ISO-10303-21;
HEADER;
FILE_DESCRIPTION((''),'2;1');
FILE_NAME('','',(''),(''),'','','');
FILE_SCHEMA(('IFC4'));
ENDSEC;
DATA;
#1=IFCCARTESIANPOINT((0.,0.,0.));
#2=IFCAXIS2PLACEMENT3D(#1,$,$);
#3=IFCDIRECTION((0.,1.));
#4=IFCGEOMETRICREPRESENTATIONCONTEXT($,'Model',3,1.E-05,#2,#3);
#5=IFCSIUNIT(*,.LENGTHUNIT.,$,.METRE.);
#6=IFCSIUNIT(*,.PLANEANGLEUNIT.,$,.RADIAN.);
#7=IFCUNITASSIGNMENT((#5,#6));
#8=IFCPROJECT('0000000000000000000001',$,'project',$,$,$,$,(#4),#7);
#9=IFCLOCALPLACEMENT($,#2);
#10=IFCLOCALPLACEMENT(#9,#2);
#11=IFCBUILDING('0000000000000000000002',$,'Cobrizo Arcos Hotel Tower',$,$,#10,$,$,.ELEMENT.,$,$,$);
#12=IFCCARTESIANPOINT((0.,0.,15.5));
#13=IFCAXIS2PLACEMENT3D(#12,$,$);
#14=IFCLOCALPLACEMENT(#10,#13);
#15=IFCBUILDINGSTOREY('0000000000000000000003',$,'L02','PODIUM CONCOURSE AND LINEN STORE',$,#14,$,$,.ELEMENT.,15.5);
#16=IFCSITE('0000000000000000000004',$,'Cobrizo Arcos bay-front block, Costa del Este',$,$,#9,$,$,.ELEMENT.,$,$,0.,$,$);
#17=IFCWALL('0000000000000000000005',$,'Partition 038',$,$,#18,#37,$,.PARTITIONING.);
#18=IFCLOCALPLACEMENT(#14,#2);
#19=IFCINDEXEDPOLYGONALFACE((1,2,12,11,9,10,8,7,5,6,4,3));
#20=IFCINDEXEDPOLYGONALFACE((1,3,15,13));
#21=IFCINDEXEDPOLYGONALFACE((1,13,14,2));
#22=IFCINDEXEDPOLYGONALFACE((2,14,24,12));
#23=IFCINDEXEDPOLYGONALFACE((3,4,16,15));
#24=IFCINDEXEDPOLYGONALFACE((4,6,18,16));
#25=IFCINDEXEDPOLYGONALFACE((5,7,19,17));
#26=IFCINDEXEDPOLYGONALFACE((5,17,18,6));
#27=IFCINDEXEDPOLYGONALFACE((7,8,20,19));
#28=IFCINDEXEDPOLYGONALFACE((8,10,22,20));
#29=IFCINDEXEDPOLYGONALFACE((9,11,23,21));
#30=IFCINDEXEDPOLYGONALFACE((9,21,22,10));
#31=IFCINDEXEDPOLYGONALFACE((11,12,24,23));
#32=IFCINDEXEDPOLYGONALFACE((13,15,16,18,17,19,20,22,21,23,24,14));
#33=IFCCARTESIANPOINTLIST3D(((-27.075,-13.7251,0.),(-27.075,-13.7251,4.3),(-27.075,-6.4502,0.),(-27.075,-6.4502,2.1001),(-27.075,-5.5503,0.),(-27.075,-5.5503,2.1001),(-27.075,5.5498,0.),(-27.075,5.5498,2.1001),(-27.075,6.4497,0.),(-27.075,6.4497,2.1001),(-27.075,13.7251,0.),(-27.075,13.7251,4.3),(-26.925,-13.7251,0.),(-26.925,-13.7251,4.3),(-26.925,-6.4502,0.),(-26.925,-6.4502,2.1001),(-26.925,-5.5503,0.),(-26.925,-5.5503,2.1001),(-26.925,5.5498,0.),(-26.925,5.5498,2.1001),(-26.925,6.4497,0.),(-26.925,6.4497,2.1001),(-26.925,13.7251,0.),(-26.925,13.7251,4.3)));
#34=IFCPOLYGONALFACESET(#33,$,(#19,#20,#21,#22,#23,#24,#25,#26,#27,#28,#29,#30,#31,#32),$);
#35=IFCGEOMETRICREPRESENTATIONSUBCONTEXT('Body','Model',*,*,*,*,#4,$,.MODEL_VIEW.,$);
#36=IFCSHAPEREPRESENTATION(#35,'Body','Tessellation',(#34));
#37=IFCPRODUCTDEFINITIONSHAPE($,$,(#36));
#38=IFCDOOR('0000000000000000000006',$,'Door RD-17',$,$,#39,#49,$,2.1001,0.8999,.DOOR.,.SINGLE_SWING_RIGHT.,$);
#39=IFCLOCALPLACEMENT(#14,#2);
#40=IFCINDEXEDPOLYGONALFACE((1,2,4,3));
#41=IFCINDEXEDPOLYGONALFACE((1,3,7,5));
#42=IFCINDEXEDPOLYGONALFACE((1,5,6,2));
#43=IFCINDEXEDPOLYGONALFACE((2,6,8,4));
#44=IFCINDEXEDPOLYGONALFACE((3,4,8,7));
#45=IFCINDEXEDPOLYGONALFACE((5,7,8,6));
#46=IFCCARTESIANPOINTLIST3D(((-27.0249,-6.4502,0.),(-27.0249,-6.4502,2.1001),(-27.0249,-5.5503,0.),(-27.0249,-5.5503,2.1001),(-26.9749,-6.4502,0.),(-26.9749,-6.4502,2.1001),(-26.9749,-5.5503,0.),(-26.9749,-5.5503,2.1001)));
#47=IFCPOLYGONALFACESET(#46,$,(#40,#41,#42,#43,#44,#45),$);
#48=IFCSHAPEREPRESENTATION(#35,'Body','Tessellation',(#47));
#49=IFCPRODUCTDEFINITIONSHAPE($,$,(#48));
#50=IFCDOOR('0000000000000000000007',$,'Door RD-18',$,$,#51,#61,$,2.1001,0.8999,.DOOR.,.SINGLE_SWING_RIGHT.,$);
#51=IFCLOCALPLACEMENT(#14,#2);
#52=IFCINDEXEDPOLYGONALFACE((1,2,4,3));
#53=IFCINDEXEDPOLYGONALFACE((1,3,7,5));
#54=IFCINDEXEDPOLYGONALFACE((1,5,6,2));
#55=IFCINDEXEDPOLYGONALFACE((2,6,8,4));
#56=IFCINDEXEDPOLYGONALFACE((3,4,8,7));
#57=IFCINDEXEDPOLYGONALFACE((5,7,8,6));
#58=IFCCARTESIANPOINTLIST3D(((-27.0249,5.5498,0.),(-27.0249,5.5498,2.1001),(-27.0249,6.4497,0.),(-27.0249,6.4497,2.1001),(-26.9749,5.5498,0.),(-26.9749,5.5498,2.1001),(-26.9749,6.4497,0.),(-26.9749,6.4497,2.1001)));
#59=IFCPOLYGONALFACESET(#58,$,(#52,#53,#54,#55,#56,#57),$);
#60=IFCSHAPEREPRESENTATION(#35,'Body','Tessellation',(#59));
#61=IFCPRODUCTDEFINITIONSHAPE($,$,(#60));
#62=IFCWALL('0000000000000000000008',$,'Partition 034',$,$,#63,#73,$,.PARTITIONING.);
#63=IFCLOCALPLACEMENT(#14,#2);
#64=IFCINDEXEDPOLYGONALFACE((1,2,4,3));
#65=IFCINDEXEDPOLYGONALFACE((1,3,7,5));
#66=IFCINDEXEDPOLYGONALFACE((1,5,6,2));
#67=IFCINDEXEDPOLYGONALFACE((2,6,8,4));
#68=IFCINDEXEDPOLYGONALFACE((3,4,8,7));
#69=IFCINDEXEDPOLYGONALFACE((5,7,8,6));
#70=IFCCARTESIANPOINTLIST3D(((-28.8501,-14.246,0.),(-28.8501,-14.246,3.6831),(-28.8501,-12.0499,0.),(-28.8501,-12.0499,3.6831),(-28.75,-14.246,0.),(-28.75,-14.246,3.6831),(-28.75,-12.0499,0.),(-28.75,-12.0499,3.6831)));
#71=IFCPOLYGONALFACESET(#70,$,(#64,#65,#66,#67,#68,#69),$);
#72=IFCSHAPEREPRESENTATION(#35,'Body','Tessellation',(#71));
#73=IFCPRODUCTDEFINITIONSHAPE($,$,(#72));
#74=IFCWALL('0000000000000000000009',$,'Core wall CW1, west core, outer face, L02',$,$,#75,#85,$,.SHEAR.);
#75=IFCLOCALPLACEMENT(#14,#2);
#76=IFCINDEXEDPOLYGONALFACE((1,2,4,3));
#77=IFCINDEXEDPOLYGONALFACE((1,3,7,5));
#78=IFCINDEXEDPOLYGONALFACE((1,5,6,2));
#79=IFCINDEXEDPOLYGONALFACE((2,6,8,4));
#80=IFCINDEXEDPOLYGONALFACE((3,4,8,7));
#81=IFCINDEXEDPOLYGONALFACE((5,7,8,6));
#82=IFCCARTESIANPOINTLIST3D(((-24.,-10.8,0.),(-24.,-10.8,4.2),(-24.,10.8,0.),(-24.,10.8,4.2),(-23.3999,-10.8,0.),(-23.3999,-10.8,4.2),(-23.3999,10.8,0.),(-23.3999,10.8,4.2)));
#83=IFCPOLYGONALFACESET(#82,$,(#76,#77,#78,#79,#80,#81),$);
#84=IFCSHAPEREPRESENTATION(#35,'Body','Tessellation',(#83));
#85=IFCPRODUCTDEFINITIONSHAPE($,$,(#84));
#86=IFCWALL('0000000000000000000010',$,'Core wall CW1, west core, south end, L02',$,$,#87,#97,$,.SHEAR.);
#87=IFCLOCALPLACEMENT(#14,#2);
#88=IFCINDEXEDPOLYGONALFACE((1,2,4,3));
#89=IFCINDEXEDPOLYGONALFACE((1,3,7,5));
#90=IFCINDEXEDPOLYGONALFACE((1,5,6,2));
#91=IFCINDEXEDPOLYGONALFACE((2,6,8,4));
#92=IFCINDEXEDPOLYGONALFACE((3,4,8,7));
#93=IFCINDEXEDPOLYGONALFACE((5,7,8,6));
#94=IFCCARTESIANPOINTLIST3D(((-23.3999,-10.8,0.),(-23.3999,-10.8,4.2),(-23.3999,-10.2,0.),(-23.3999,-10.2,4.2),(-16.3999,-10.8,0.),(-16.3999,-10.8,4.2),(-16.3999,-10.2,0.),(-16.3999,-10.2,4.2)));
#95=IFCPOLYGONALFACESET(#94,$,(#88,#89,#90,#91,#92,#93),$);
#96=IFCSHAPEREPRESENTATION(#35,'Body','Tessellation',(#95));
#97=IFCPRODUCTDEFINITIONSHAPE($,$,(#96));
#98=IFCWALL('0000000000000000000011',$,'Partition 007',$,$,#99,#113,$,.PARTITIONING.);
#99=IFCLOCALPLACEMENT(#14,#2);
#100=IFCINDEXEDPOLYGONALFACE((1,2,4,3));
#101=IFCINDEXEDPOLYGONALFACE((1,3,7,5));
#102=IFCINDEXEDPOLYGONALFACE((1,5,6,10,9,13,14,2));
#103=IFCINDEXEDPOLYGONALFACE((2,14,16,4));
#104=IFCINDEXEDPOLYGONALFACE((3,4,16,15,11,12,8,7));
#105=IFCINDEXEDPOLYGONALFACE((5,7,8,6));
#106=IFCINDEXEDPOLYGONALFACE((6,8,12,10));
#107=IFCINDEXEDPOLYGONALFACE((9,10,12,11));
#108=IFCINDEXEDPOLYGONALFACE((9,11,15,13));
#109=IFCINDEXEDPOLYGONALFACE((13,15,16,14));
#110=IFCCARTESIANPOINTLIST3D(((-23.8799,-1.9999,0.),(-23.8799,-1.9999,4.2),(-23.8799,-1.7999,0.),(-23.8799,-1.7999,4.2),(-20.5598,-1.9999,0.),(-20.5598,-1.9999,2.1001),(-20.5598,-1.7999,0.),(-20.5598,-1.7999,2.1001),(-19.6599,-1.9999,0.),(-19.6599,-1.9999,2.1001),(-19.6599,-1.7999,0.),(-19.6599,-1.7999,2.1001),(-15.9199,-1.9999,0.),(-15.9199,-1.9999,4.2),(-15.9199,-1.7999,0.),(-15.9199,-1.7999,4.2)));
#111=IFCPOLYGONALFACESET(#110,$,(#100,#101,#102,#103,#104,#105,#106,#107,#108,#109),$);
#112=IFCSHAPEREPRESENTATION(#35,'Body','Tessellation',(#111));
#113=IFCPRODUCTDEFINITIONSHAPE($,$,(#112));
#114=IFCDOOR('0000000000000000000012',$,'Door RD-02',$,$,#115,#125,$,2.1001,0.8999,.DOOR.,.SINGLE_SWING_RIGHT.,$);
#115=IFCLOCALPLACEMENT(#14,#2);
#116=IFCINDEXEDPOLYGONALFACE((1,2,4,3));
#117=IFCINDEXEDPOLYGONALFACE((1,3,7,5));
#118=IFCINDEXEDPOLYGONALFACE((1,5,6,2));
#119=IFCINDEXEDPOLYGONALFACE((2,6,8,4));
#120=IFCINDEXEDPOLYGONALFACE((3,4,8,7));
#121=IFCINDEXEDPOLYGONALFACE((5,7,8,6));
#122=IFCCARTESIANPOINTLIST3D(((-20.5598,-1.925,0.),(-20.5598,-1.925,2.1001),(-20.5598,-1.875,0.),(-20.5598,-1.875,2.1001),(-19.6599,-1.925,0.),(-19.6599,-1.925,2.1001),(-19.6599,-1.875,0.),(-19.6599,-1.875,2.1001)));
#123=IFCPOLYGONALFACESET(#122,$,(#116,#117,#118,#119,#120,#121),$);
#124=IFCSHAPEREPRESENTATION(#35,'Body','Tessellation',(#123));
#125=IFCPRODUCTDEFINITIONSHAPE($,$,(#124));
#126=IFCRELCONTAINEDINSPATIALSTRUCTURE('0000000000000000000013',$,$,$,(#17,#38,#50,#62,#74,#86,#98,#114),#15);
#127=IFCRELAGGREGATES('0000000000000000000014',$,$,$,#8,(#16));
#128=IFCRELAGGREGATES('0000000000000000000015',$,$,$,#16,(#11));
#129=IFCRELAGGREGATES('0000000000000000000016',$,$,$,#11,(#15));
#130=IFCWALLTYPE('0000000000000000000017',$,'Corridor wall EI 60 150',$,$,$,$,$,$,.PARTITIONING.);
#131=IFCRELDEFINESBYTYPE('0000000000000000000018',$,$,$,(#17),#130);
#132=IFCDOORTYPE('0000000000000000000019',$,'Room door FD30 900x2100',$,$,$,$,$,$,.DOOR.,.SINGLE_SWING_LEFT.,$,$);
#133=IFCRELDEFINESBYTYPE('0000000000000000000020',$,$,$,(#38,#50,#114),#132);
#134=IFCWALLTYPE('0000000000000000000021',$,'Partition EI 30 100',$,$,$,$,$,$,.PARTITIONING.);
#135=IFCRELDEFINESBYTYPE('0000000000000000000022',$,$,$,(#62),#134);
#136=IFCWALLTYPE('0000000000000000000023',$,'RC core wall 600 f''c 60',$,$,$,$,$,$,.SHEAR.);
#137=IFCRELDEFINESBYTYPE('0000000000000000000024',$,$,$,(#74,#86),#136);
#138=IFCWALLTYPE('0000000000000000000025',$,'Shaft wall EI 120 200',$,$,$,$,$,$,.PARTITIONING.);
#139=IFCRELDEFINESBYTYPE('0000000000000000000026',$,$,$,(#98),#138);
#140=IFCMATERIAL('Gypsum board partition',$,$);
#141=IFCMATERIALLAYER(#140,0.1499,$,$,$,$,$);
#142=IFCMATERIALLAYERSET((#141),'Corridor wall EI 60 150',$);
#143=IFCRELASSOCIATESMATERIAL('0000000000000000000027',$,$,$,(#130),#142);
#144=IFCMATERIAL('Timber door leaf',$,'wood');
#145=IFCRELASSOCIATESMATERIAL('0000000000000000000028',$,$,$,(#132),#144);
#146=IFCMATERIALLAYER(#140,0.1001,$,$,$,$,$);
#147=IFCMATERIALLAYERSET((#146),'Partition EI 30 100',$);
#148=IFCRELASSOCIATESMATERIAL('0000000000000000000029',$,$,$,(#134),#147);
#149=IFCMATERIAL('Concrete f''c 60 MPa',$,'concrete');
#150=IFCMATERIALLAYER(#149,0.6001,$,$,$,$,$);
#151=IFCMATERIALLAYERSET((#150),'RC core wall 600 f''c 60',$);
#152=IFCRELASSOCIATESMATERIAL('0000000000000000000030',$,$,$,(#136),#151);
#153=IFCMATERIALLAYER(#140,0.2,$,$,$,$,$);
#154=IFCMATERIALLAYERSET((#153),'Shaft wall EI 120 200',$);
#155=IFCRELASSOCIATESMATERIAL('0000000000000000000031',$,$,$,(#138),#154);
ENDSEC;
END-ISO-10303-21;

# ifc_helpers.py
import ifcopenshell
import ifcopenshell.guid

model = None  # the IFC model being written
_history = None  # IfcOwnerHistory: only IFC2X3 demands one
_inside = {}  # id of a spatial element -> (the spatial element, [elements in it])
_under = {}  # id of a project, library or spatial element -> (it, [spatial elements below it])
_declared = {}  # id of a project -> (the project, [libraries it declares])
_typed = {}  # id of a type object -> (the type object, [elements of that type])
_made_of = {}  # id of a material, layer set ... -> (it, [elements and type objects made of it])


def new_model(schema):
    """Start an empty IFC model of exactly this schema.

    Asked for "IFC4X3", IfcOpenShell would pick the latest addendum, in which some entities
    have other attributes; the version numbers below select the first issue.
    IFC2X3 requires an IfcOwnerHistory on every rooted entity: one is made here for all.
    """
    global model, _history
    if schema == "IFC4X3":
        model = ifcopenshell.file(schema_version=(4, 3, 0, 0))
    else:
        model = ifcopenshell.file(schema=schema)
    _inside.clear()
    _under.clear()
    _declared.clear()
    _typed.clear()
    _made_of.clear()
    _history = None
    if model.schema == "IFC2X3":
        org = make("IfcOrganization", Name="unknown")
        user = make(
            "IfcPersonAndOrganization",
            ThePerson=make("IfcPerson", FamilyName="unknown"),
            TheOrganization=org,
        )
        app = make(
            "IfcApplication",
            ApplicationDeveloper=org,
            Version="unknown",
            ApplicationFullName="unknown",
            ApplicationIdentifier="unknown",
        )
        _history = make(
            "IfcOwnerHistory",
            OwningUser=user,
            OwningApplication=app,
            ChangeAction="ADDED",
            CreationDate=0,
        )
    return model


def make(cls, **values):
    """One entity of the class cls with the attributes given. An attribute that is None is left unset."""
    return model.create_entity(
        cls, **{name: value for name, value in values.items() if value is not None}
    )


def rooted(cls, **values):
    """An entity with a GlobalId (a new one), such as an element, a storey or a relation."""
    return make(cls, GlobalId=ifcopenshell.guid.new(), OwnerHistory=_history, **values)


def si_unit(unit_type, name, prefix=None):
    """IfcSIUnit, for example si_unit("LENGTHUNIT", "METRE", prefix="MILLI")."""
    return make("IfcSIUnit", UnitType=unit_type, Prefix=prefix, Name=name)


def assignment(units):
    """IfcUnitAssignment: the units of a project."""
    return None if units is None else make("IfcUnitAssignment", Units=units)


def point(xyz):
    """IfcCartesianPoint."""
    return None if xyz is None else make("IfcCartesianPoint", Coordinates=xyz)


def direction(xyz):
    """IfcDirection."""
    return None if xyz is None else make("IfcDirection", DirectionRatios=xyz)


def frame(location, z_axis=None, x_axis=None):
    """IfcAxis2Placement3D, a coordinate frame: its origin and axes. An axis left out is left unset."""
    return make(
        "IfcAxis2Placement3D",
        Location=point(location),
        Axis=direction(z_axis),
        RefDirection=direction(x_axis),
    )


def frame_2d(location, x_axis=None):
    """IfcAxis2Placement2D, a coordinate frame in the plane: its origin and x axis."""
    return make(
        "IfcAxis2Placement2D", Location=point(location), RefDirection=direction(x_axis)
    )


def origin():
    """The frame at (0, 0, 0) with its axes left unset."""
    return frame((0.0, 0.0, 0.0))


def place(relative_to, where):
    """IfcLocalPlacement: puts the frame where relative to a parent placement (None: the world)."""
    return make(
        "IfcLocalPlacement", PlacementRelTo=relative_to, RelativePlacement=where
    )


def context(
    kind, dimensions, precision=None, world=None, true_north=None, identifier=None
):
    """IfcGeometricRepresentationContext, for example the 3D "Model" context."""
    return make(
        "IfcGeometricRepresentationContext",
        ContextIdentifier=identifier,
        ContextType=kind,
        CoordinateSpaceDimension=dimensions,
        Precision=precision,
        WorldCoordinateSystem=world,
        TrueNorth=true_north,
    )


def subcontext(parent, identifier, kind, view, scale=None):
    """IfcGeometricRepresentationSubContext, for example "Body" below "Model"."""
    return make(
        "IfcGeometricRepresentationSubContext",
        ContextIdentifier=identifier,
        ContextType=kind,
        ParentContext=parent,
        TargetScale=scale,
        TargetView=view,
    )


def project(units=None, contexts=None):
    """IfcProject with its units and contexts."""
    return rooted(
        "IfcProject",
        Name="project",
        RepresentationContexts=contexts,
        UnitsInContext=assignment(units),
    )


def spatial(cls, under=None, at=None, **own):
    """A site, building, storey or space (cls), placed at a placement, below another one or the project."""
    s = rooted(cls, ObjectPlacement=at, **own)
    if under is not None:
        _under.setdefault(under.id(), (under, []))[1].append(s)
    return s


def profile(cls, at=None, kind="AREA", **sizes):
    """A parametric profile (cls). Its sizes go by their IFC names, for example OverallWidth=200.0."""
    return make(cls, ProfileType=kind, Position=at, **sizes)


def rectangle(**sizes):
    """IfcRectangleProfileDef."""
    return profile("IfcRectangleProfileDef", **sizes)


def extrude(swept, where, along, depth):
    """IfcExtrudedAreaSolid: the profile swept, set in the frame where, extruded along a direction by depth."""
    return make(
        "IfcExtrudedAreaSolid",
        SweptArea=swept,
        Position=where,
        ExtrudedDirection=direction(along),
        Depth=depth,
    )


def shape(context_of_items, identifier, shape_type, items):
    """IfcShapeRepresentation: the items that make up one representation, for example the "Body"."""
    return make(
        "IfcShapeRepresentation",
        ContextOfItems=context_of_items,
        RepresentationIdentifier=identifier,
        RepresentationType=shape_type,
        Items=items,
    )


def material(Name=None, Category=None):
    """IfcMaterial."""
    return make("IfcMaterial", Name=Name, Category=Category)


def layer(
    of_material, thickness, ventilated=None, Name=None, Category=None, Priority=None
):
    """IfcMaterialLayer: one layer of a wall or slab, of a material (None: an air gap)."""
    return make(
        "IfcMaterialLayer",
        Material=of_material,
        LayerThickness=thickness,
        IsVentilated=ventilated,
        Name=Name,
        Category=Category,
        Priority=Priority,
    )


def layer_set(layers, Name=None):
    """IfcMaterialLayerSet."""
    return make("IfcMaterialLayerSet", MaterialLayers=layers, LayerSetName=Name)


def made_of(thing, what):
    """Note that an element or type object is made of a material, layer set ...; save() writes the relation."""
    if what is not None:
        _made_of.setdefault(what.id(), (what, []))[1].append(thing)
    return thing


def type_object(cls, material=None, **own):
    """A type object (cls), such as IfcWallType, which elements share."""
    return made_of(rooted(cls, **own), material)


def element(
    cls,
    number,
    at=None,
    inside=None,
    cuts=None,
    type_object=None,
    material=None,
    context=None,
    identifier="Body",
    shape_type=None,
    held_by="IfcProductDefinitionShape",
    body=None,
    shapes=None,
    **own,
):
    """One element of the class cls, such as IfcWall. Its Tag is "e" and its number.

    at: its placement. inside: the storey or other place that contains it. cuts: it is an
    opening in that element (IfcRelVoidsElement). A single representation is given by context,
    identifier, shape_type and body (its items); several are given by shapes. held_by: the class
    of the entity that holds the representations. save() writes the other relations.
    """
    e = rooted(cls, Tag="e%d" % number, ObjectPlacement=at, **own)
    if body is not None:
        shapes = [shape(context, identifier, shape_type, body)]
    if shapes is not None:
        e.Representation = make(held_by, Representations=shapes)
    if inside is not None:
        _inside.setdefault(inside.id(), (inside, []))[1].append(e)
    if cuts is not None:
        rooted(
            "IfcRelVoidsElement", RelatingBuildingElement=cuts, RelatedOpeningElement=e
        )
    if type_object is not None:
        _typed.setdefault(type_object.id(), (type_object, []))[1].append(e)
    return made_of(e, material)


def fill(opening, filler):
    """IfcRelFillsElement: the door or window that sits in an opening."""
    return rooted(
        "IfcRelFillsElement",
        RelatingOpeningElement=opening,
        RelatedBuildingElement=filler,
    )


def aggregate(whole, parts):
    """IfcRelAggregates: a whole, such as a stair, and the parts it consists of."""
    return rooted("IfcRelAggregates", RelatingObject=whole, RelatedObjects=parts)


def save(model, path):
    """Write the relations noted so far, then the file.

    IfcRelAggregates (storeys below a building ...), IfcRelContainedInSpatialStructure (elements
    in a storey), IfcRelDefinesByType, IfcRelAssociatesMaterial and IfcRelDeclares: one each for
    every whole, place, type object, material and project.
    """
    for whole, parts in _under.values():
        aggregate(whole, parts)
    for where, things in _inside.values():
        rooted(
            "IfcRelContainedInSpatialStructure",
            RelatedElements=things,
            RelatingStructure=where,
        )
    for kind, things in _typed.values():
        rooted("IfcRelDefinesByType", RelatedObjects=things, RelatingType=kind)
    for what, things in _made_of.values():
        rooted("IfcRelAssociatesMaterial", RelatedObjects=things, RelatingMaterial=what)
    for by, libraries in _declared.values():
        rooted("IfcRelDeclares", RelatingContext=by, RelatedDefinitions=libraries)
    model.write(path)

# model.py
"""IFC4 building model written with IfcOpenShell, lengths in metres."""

from ifc_helpers import new_model, si_unit, direction, frame, frame_2d, origin, place, context, subcontext, project, spatial, rectangle, extrude, material, layer, layer_set, type_object, element, fill, save


model = new_model("IFC4")

# Units and contexts
model_context = context("Model", 3, precision=1e-05, world=origin(), true_north=direction((0.0, 1.0)))
body_context = subcontext(model_context, "Body", "Model", "MODEL_VIEW")
ifc_project = project(units=[si_unit("LENGTHUNIT", "METRE"), si_unit("PLANEANGLEUNIT", "RADIAN")], contexts=[model_context])

# Site, building, storey
site_placement = place(None, origin())
site = spatial("IfcSite", under=ifc_project, at=site_placement, Name="Cobrizo Arcos bay-front block, Costa del Este", CompositionType="ELEMENT", RefElevation=0.0)
building_placement = place(site_placement, origin())
building = spatial("IfcBuilding", under=site, at=building_placement, Name="Cobrizo Arcos Hotel Tower", CompositionType="ELEMENT")
storey_placement = place(building_placement, frame((0.0, 0.0, 15.5)))
storey = spatial("IfcBuildingStorey", under=building, at=storey_placement, Name="L02", Description="PODIUM CONCOURSE AND LINEN STORE", CompositionType="ELEMENT", Elevation=15.5)

# Wall, openings, doors
ifc_material_1 = material(Name="Gypsum board partition")
ifc_layer_1 = layer(ifc_material_1, 0.1499)
ifc_layer_set_1 = layer_set([ifc_layer_1], Name="Corridor wall EI 60 150")
wall_type_1 = type_object("IfcWallType", Name="Corridor wall EI 60 150", PredefinedType="PARTITIONING", material=ifc_layer_set_1)
ifc_material_2 = material(Name="Timber door leaf", Category="wood")
door_type_1 = type_object("IfcDoorType", Name="Room door FD30 900x2100", OperationType="SINGLE_SWING_LEFT", PredefinedType="DOOR", material=ifc_material_2)
wall_1_placement = place(storey_placement, frame((-27.0, -13.7251, 0.0), z_axis=(0.0, 0.0, 1.0), x_axis=(0.0, 1.0, 0.0)))
wall_1 = element("IfcWall", 1, at=wall_1_placement, inside=storey, type_object=wall_type_1, Name="Partition 038", PredefinedType="PARTITIONING", context=body_context, shape_type="SweptSolid", body=[
    extrude(rectangle(XDim=27.4502, YDim=0.1499, at=frame_2d((13.7251, 0.0))), origin(), (0.0, 0.0, 1.0), 4.3),
])
opening_1_placement = place(wall_1_placement, frame((7.2749, 0.0, 0.0)))
opening_1 = element("IfcOpeningElement", 2, at=opening_1_placement, cuts=wall_1, PredefinedType="OPENING", context=body_context, shape_type="SweptSolid", body=[
    extrude(rectangle(XDim=0.8999, YDim=2.1001, at=frame_2d((0.45, 1.05))), frame((0.0, 0.0869, 0.0), z_axis=(0.0, -1.0, 0.0), x_axis=(1.0, 0.0, 0.0)), (0.0, 0.0, 1.0), 0.1738),
])
opening_2_placement = place(wall_1_placement, frame((19.2749, 0.0, 0.0)))
opening_2 = element("IfcOpeningElement", 3, at=opening_2_placement, cuts=wall_1, PredefinedType="OPENING", context=body_context, shape_type="SweptSolid", body=[
    extrude(rectangle(XDim=0.8999, YDim=2.1001, at=frame_2d((0.45, 1.05))), frame((0.0, 0.0869, 0.0), z_axis=(0.0, -1.0, 0.0), x_axis=(1.0, 0.0, 0.0)), (0.0, 0.0, 1.0), 0.1738),
])
door_1_placement = place(opening_1_placement, origin())
door_1 = element("IfcDoor", 4, at=door_1_placement, inside=storey, type_object=door_type_1, Name="Door RD-17", OperationType="SINGLE_SWING_RIGHT", OverallHeight=2.1001, OverallWidth=0.8999, PredefinedType="DOOR", context=body_context, shape_type="SweptSolid", body=[
    extrude(rectangle(XDim=0.8999, YDim=2.1001, at=frame_2d((0.45, 1.05))), frame((0.0, 0.0249, 0.0), z_axis=(0.0, -1.0, 0.0), x_axis=(1.0, 0.0, 0.0)), (0.0, 0.0, 1.0), 0.05),
])
fill(opening_1, door_1)
door_2_placement = place(opening_2_placement, origin())
door_2 = element("IfcDoor", 5, at=door_2_placement, inside=storey, type_object=door_type_1, Name="Door RD-18", OperationType="SINGLE_SWING_RIGHT", OverallHeight=2.1001, OverallWidth=0.8999, PredefinedType="DOOR", context=body_context, shape_type="SweptSolid", body=[
    extrude(rectangle(XDim=0.8999, YDim=2.1001, at=frame_2d((0.45, 1.05))), frame((0.0, 0.0249, 0.0), z_axis=(0.0, -1.0, 0.0), x_axis=(1.0, 0.0, 0.0)), (0.0, 0.0, 1.0), 0.05),
])
fill(opening_2, door_2)

# Walls
ifc_layer_2 = layer(ifc_material_1, 0.1001)
ifc_layer_set_2 = layer_set([ifc_layer_2], Name="Partition EI 30 100")
wall_type_2 = type_object("IfcWallType", Name="Partition EI 30 100", PredefinedType="PARTITIONING", material=ifc_layer_set_2)
wall_2_placement = place(storey_placement, frame((-28.8, -14.2461, 0.0), z_axis=(0.0, 0.0, 1.0), x_axis=(0.0, 1.0, 0.0)))
element("IfcWall", 6, at=wall_2_placement, inside=storey, type_object=wall_type_2, Name="Partition 034", PredefinedType="PARTITIONING", context=body_context, shape_type="SweptSolid", body=[
    extrude(rectangle(XDim=2.196, YDim=0.1001, at=frame_2d((1.0981, 0.0))), origin(), (0.0, 0.0, 1.0), 3.6831),
])
ifc_material_3 = material(Name="Concrete f'c 60 MPa", Category="concrete")
ifc_layer_3 = layer(ifc_material_3, 0.6001)
ifc_layer_set_3 = layer_set([ifc_layer_3], Name="RC core wall 600 f'c 60")
wall_type_3 = type_object("IfcWallType", Name="RC core wall 600 f'c 60", PredefinedType="SHEAR", material=ifc_layer_set_3)
wall_3_placement = place(storey_placement, frame((-23.7, -10.8, 0.0), z_axis=(0.0, 0.0, 1.0), x_axis=(0.0, 1.0, 0.0)))
element("IfcWall", 7, at=wall_3_placement, inside=storey, type_object=wall_type_3, Name="Core wall CW1, west core, outer face, L02", PredefinedType="SHEAR", context=body_context, shape_type="SweptSolid", body=[
    extrude(rectangle(XDim=21.6001, YDim=0.6001, at=frame_2d((10.8, 0.0))), origin(), (0.0, 0.0, 1.0), 4.2),
])
wall_4_placement = place(storey_placement, frame((-23.3999, -10.5, 0.0), z_axis=(0.0, 0.0, 1.0), x_axis=(1.0, 0.0, 0.0)))
element("IfcWall", 8, at=wall_4_placement, inside=storey, type_object=wall_type_3, Name="Core wall CW1, west core, south end, L02", PredefinedType="SHEAR", context=body_context, shape_type="SweptSolid", body=[
    extrude(rectangle(XDim=7.0, YDim=0.6001, at=frame_2d((3.5, 0.0))), origin(), (0.0, 0.0, 1.0), 4.2),
])

# Wall, opening, door
ifc_layer_4 = layer(ifc_material_1, 0.2)
ifc_layer_set_4 = layer_set([ifc_layer_4], Name="Shaft wall EI 120 200")
wall_type_4 = type_object("IfcWallType", Name="Shaft wall EI 120 200", PredefinedType="PARTITIONING", material=ifc_layer_set_4)
wall_5_placement = place(storey_placement, frame((-23.8799, -1.8999, 0.0), z_axis=(0.0, 0.0, 1.0), x_axis=(1.0, 0.0, 0.0)))
wall_5 = element("IfcWall", 9, at=wall_5_placement, inside=storey, type_object=wall_type_4, Name="Partition 007", PredefinedType="PARTITIONING", context=body_context, shape_type="SweptSolid", body=[
    extrude(rectangle(XDim=7.96, YDim=0.2, at=frame_2d((3.98, 0.0))), origin(), (0.0, 0.0, 1.0), 4.2),
])
opening_3_placement = place(wall_5_placement, frame((3.3201, 0.0, 0.0)))
opening_3 = element("IfcOpeningElement", 10, at=opening_3_placement, cuts=wall_5, PredefinedType="OPENING", context=body_context, shape_type="SweptSolid", body=[
    extrude(rectangle(XDim=0.8999, YDim=2.1001, at=frame_2d((0.45, 1.05))), frame((0.0, 0.1121, 0.0), z_axis=(0.0, -1.0, 0.0), x_axis=(1.0, 0.0, 0.0)), (0.0, 0.0, 1.0), 0.2239),
])
door_3_placement = place(opening_3_placement, origin())
door_3 = element("IfcDoor", 11, at=door_3_placement, inside=storey, type_object=door_type_1, Name="Door RD-02", OperationType="SINGLE_SWING_RIGHT", OverallHeight=2.1001, OverallWidth=0.8999, PredefinedType="DOOR", context=body_context, shape_type="SweptSolid", body=[
    extrude(rectangle(XDim=0.8999, YDim=2.1001, at=frame_2d((0.45, 1.05))), frame((0.0, 0.0249, 0.0), z_axis=(0.0, -1.0, 0.0), x_axis=(1.0, 0.0, 0.0)), (0.0, 0.0, 1.0), 0.05),
])
fill(opening_3, door_3)

save(model, "model.ifc")
